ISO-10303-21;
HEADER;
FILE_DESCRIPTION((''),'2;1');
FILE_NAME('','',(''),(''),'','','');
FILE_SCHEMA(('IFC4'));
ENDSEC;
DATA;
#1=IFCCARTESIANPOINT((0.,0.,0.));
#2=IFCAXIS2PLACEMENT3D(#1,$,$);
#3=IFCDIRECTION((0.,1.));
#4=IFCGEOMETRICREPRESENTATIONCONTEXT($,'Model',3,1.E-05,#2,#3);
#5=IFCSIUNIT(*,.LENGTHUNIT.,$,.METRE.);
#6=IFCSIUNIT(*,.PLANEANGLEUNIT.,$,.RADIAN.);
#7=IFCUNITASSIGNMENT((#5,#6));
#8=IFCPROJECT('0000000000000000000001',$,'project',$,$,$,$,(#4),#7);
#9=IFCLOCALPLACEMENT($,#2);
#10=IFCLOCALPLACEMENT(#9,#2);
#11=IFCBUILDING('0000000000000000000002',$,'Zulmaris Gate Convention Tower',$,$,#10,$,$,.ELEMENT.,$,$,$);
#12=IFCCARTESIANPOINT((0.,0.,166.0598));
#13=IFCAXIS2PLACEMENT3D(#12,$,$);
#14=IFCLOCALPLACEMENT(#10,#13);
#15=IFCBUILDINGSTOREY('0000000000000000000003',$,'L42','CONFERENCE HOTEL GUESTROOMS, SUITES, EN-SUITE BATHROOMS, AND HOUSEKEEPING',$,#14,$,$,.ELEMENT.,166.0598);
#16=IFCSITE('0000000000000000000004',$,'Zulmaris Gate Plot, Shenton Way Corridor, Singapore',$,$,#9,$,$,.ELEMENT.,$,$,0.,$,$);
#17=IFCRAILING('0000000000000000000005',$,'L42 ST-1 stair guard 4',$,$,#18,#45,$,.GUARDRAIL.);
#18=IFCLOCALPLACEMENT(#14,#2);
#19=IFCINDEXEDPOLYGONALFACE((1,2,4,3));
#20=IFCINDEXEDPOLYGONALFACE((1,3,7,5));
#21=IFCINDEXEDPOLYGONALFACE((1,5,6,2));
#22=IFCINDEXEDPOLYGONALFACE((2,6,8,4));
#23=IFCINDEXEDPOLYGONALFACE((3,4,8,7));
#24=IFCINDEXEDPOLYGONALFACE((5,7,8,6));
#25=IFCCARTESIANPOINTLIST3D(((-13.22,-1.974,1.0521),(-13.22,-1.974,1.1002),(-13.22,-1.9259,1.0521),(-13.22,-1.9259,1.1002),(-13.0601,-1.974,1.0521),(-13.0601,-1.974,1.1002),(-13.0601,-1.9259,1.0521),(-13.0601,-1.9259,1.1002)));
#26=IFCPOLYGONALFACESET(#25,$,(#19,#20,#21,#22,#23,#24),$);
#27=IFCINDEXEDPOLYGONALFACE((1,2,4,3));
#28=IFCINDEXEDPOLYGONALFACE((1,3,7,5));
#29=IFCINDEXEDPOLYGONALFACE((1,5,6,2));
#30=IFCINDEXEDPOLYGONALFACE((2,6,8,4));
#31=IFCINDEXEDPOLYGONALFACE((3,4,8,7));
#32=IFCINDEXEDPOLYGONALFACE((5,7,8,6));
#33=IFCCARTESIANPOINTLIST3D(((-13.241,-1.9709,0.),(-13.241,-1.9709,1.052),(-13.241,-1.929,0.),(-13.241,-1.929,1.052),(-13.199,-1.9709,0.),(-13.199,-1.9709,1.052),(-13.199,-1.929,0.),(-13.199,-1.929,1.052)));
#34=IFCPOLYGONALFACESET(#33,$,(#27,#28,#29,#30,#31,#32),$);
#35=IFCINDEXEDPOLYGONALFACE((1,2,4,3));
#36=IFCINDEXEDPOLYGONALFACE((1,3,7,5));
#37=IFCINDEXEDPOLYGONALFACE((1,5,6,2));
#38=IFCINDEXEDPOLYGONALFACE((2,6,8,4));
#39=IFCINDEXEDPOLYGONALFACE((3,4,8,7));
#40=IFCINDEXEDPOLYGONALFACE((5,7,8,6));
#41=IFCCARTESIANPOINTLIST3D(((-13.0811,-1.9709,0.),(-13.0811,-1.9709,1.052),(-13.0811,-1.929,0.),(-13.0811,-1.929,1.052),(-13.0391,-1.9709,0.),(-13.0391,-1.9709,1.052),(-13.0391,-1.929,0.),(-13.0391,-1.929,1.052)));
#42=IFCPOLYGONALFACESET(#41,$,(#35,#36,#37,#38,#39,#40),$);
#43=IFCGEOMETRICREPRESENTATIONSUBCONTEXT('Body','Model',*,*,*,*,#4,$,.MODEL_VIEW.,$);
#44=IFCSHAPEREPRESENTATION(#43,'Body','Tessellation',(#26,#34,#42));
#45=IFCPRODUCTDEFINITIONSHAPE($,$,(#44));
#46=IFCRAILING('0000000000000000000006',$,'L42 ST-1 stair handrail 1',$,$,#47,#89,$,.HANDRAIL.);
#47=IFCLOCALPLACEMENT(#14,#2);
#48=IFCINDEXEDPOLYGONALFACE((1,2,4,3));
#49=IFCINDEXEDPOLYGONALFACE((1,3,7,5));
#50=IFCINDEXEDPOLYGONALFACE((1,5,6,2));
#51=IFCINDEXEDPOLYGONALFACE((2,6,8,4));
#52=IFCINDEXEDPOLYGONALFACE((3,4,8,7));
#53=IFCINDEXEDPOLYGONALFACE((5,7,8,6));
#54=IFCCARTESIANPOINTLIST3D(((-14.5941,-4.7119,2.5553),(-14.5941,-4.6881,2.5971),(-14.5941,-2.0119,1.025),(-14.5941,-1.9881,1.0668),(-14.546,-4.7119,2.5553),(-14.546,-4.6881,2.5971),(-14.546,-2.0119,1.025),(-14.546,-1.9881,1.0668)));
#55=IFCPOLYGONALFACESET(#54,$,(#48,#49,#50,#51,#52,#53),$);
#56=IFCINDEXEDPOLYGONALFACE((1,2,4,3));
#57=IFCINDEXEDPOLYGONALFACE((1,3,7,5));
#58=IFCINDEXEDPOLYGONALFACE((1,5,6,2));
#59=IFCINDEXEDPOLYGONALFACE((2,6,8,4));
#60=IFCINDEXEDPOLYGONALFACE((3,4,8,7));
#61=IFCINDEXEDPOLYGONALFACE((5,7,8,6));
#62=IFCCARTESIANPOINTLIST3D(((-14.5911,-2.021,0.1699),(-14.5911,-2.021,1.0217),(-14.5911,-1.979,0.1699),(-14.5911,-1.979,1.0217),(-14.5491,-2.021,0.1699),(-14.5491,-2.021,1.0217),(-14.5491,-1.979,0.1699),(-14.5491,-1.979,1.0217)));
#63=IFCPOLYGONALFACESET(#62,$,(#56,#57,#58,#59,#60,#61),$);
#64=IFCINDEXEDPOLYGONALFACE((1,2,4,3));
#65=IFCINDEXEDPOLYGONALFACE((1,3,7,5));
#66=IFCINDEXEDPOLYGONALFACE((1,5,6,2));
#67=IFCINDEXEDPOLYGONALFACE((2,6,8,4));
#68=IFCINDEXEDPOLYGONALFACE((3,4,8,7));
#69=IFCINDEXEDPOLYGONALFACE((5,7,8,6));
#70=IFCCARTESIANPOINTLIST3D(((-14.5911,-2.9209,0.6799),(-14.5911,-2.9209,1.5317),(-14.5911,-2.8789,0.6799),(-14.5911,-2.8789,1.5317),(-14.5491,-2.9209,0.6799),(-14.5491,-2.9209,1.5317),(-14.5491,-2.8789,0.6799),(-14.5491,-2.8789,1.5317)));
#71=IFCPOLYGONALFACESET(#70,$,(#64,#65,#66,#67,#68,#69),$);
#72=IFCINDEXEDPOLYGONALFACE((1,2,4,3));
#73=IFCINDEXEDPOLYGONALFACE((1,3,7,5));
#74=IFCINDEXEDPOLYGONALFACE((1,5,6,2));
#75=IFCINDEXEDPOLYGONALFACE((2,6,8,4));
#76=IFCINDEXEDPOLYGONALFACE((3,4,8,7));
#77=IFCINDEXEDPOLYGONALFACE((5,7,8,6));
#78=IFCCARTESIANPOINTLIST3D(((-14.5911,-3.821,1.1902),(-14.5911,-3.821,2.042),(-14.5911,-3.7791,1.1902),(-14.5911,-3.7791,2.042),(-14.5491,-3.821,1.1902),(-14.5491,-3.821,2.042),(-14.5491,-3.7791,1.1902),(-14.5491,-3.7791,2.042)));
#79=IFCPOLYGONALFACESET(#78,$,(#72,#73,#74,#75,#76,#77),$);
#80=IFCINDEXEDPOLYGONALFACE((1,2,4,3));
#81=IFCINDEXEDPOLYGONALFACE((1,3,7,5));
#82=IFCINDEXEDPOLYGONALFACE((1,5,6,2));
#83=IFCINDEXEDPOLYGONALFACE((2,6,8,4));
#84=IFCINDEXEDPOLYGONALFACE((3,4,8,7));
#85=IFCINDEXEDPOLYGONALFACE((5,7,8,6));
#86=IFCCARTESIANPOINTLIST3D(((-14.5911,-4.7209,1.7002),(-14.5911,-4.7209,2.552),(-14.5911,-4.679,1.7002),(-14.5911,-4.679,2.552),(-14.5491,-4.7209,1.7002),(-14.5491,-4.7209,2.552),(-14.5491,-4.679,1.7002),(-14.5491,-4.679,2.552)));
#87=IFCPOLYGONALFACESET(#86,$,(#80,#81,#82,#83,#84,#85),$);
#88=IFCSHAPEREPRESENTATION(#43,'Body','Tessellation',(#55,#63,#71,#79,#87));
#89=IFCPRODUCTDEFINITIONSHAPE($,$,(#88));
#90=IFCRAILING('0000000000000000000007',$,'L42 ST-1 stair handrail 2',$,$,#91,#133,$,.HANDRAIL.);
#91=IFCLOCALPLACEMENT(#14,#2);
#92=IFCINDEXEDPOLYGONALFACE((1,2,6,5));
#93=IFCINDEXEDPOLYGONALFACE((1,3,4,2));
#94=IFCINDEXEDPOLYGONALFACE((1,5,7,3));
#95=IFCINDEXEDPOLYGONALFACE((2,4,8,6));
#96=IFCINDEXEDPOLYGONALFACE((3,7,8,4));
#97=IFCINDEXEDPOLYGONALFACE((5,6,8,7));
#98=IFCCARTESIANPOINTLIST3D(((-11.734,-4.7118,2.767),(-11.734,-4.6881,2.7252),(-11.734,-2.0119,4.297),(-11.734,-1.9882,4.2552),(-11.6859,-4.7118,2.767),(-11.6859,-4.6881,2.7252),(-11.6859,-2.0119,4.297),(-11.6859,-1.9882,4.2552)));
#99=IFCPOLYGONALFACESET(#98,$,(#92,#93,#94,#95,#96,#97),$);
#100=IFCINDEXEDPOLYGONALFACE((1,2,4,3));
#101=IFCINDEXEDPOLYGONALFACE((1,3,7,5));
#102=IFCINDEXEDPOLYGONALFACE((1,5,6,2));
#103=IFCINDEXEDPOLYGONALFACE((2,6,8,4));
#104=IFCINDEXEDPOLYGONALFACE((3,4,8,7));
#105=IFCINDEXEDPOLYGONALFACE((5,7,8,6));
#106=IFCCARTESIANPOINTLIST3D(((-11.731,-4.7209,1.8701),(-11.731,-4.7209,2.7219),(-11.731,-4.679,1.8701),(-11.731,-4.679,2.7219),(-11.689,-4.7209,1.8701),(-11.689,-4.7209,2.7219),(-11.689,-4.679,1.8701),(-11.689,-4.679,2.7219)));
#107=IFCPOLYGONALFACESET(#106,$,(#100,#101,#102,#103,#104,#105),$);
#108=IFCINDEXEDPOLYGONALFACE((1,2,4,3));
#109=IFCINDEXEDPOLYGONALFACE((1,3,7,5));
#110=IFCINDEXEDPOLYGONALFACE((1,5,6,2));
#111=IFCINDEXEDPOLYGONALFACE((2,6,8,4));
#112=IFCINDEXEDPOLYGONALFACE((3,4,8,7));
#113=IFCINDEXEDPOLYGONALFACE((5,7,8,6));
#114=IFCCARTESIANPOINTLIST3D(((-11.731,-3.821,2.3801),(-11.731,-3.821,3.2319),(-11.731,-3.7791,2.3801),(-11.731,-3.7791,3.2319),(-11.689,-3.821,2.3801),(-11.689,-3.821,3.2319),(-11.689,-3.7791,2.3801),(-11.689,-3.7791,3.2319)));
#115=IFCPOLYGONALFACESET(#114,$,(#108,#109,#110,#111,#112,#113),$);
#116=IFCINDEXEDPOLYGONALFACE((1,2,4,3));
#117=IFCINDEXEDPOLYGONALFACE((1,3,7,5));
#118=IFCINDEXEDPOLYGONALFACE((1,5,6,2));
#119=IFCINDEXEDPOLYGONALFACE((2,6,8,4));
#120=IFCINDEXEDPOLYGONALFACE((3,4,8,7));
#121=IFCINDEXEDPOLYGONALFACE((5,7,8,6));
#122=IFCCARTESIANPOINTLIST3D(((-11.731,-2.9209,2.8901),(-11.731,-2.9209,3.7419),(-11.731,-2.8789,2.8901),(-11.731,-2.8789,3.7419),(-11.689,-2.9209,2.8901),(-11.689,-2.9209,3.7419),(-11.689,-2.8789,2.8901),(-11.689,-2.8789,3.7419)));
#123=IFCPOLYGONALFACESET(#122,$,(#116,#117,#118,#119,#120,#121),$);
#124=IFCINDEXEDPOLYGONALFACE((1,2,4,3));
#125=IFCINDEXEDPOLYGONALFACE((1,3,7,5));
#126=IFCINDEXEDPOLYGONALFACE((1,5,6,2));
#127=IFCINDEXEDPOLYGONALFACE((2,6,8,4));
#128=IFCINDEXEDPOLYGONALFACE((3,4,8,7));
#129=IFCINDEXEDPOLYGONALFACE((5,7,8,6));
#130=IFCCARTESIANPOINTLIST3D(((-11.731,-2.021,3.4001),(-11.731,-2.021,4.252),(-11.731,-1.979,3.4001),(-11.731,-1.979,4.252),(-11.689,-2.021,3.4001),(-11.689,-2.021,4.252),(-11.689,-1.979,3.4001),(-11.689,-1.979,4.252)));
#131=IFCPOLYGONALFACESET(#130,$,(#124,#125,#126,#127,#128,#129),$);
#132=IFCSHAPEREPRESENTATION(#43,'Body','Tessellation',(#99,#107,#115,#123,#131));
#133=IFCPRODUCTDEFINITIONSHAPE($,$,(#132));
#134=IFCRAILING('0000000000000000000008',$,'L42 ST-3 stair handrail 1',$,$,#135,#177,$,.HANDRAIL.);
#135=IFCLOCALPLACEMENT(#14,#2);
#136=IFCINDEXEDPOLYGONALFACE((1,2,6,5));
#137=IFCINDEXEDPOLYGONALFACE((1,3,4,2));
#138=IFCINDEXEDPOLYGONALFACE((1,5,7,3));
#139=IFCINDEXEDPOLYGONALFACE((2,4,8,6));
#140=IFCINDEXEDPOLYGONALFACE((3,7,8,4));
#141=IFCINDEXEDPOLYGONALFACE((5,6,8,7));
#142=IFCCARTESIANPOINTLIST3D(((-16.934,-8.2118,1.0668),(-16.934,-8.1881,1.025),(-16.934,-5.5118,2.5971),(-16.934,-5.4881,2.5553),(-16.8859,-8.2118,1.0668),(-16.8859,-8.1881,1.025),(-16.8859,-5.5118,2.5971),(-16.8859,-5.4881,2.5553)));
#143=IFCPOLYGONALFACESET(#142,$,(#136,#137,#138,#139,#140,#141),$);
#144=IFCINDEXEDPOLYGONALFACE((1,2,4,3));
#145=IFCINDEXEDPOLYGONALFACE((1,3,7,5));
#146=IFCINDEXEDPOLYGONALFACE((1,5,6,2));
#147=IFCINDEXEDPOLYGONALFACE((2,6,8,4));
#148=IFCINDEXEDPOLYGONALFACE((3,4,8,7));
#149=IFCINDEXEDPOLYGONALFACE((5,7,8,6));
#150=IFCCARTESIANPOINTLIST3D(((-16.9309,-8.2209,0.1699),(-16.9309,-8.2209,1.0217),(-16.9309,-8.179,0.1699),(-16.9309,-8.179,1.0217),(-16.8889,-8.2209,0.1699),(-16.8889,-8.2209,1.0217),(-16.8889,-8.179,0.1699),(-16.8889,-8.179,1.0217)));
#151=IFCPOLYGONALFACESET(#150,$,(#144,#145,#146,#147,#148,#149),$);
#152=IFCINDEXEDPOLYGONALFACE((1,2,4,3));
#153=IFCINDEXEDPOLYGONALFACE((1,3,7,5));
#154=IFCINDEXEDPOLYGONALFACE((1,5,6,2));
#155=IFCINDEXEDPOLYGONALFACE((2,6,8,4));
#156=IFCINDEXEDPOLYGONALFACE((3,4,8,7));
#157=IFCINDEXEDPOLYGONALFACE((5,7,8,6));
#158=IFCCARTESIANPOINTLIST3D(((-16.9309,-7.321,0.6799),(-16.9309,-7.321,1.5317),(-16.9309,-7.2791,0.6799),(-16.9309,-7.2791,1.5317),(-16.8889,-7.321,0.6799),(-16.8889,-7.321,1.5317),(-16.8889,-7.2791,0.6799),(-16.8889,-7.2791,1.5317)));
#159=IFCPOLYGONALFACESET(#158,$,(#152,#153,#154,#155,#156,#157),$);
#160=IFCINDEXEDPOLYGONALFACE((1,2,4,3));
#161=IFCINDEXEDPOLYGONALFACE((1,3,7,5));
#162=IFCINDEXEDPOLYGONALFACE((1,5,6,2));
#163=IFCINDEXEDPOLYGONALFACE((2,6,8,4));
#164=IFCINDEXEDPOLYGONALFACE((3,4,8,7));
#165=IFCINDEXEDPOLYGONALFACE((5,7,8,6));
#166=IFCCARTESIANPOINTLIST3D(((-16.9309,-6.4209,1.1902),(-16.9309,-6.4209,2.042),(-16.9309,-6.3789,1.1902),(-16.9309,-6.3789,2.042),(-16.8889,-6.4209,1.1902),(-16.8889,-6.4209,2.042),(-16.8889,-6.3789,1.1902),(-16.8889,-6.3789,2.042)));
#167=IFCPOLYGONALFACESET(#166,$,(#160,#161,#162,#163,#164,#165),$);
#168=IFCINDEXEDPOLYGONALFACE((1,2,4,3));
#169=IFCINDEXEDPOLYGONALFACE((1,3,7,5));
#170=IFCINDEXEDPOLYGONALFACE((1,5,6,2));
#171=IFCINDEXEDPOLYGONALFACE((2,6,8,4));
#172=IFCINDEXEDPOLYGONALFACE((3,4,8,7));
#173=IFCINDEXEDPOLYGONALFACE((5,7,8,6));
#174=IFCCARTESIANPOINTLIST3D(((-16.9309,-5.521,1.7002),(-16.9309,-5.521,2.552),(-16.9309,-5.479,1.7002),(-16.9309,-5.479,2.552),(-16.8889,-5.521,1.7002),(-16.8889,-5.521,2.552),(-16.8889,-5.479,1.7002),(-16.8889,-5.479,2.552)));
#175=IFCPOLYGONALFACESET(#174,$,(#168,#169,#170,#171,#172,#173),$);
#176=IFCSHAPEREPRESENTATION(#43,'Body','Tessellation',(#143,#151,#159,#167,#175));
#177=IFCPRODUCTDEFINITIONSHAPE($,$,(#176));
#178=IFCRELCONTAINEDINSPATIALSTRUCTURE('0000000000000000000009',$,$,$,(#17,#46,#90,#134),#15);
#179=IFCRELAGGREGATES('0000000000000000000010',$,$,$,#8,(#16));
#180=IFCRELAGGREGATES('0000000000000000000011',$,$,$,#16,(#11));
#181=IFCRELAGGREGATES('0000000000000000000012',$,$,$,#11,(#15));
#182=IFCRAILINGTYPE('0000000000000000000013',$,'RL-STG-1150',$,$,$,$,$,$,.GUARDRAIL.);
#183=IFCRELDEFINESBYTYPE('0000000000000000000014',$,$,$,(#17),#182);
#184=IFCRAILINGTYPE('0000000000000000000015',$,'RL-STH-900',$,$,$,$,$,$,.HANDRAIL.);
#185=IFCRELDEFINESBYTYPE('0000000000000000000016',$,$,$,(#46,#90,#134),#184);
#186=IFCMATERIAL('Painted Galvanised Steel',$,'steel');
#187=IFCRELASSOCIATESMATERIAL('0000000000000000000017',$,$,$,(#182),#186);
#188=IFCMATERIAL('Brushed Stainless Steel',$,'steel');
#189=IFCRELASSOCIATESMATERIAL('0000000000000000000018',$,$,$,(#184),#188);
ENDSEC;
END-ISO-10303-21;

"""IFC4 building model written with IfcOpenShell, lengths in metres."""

from ifc_helpers import new_model, si_unit, direction, frame, origin, origin_2d, place, context, subcontext, project, spatial, rectangle, extrude, material, type_object, element, save


model = new_model("IFC4")

# Units and contexts
model_context = context("Model", 3, precision=1e-05, world=origin(), true_north=direction((0.0, 1.0)))
body_context = subcontext(model_context, "Body", "Model", "MODEL_VIEW")
ifc_project = project(units=[si_unit("LENGTHUNIT", "METRE"), si_unit("PLANEANGLEUNIT", "RADIAN")], contexts=[model_context])

# Site, building, storey
site_placement = place(None, origin())
site = spatial("IfcSite", under=ifc_project, at=site_placement, Name="Zulmaris Gate Plot, Shenton Way Corridor, Singapore", CompositionType="ELEMENT", RefElevation=0.0)
building_placement = place(site_placement, origin())
building = spatial("IfcBuilding", under=site, at=building_placement, Name="Zulmaris Gate Convention Tower", CompositionType="ELEMENT")
storey_placement = place(building_placement, frame((0.0, 0.0, 166.0598)))
storey = spatial("IfcBuildingStorey", under=building, at=storey_placement, Name="L42", Description="CONFERENCE HOTEL GUESTROOMS, SUITES, EN-SUITE BATHROOMS, AND HOUSEKEEPING", CompositionType="ELEMENT", Elevation=166.0598)

# Railings
ifc_material_1 = material(Name="Painted Galvanised Steel", Category="steel")
railing_type_1 = type_object("IfcRailingType", Name="RL-STG-1150", PredefinedType="GUARDRAIL", material=ifc_material_1)
railing_1_placement = place(storey_placement, frame((-13.22, -1.95, 0.0)))
element("IfcRailing", 1, at=railing_1_placement, inside=storey, type_object=railing_type_1, Name="L42 ST-1 stair guard 4", PredefinedType="GUARDRAIL", context=body_context, shape_type="SweptSolid", body=[
    extrude(rectangle(XDim=0.0481, YDim=0.0481, at=origin_2d()), frame((0.0, 0.0, 1.0762), z_axis=(1.0, 0.0, 0.0), x_axis=(0.0, 1.0, 0.0)), (0.0, 0.0, 1.0), 0.1599),
    extrude(rectangle(XDim=0.042, YDim=0.042, at=origin_2d()), origin(), (0.0, 0.0, 1.0), 1.052),
    extrude(rectangle(XDim=0.042, YDim=0.042, at=origin_2d()), frame((0.1599, 0.0, 0.0)), (0.0, 0.0, 1.0), 1.052),
])
ifc_material_2 = material(Name="Brushed Stainless Steel", Category="steel")
railing_type_2 = type_object("IfcRailingType", Name="RL-STH-900", PredefinedType="HANDRAIL", material=ifc_material_2)
railing_2_placement = place(storey_placement, frame((-14.5701, -2.0, 0.1699)))
element("IfcRailing", 2, at=railing_2_placement, inside=storey, type_object=railing_type_2, Name="L42 ST-1 stair handrail 1", PredefinedType="HANDRAIL", context=body_context, shape_type="SweptSolid", body=[
    extrude(rectangle(XDim=0.0481, YDim=0.0481, at=origin_2d()), frame((0.0, 0.0, 0.876), z_axis=(0.0, -0.869981, 0.493086), x_axis=(1.0, 0.0, 0.0)), (0.0, 0.0, 1.0), 3.1035),
    extrude(rectangle(XDim=0.042, YDim=0.042, at=origin_2d()), origin(), (0.0, 0.0, 1.0), 0.8518),
    extrude(rectangle(XDim=0.042, YDim=0.042, at=origin_2d()), frame((0.0, -0.8999, 0.51)), (0.0, 0.0, 1.0), 0.8518),
    extrude(rectangle(XDim=0.042, YDim=0.042, at=origin_2d()), frame((0.0, -1.8, 1.0203)), (0.0, 0.0, 1.0), 0.8518),
    extrude(rectangle(XDim=0.042, YDim=0.042, at=origin_2d()), frame((0.0, -2.7, 1.5303)), (0.0, 0.0, 1.0), 0.8518),
])
railing_3_placement = place(storey_placement, frame((-11.71, -4.7, 1.8701)))
element("IfcRailing", 3, at=railing_3_placement, inside=storey, type_object=railing_type_2, Name="L42 ST-1 stair handrail 2", PredefinedType="HANDRAIL", context=body_context, shape_type="SweptSolid", body=[
    extrude(rectangle(XDim=0.0481, YDim=0.0481, at=origin_2d()), frame((0.0, 0.0, 0.876), z_axis=(0.0, 0.870014, 0.493026), x_axis=(-1.0, 0.0, 0.0)), (0.0, 0.0, 1.0), 3.1033),
    extrude(rectangle(XDim=0.042, YDim=0.042, at=origin_2d()), origin(), (0.0, 0.0, 1.0), 0.8518),
    extrude(rectangle(XDim=0.042, YDim=0.042, at=origin_2d()), frame((0.0, 0.8999, 0.51)), (0.0, 0.0, 1.0), 0.8518),
    extrude(rectangle(XDim=0.042, YDim=0.042, at=origin_2d()), frame((0.0, 1.8, 1.02)), (0.0, 0.0, 1.0), 0.8518),
    extrude(rectangle(XDim=0.042, YDim=0.042, at=origin_2d()), frame((0.0, 2.7, 1.53)), (0.0, 0.0, 1.0), 0.8518),
])
railing_4_placement = place(storey_placement, frame((-16.9099, -8.2, 0.1699)))
element("IfcRailing", 4, at=railing_4_placement, inside=storey, type_object=railing_type_2, Name="L42 ST-3 stair handrail 1", PredefinedType="HANDRAIL", context=body_context, shape_type="SweptSolid", body=[
    extrude(rectangle(XDim=0.0481, YDim=0.0481, at=origin_2d()), frame((0.0, 0.0, 0.876), z_axis=(0.0, 0.869981, 0.493086), x_axis=(-1.0, 0.0, 0.0)), (0.0, 0.0, 1.0), 3.1035),
    extrude(rectangle(XDim=0.042, YDim=0.042, at=origin_2d()), origin(), (0.0, 0.0, 1.0), 0.8518),
    extrude(rectangle(XDim=0.042, YDim=0.042, at=origin_2d()), frame((0.0, 0.8999, 0.51)), (0.0, 0.0, 1.0), 0.8518),
    extrude(rectangle(XDim=0.042, YDim=0.042, at=origin_2d()), frame((0.0, 1.8, 1.0203)), (0.0, 0.0, 1.0), 0.8518),
    extrude(rectangle(XDim=0.042, YDim=0.042, at=origin_2d()), frame((0.0, 2.7, 1.5303)), (0.0, 0.0, 1.0), 0.8518),
])

save(model, "model.ifc")
